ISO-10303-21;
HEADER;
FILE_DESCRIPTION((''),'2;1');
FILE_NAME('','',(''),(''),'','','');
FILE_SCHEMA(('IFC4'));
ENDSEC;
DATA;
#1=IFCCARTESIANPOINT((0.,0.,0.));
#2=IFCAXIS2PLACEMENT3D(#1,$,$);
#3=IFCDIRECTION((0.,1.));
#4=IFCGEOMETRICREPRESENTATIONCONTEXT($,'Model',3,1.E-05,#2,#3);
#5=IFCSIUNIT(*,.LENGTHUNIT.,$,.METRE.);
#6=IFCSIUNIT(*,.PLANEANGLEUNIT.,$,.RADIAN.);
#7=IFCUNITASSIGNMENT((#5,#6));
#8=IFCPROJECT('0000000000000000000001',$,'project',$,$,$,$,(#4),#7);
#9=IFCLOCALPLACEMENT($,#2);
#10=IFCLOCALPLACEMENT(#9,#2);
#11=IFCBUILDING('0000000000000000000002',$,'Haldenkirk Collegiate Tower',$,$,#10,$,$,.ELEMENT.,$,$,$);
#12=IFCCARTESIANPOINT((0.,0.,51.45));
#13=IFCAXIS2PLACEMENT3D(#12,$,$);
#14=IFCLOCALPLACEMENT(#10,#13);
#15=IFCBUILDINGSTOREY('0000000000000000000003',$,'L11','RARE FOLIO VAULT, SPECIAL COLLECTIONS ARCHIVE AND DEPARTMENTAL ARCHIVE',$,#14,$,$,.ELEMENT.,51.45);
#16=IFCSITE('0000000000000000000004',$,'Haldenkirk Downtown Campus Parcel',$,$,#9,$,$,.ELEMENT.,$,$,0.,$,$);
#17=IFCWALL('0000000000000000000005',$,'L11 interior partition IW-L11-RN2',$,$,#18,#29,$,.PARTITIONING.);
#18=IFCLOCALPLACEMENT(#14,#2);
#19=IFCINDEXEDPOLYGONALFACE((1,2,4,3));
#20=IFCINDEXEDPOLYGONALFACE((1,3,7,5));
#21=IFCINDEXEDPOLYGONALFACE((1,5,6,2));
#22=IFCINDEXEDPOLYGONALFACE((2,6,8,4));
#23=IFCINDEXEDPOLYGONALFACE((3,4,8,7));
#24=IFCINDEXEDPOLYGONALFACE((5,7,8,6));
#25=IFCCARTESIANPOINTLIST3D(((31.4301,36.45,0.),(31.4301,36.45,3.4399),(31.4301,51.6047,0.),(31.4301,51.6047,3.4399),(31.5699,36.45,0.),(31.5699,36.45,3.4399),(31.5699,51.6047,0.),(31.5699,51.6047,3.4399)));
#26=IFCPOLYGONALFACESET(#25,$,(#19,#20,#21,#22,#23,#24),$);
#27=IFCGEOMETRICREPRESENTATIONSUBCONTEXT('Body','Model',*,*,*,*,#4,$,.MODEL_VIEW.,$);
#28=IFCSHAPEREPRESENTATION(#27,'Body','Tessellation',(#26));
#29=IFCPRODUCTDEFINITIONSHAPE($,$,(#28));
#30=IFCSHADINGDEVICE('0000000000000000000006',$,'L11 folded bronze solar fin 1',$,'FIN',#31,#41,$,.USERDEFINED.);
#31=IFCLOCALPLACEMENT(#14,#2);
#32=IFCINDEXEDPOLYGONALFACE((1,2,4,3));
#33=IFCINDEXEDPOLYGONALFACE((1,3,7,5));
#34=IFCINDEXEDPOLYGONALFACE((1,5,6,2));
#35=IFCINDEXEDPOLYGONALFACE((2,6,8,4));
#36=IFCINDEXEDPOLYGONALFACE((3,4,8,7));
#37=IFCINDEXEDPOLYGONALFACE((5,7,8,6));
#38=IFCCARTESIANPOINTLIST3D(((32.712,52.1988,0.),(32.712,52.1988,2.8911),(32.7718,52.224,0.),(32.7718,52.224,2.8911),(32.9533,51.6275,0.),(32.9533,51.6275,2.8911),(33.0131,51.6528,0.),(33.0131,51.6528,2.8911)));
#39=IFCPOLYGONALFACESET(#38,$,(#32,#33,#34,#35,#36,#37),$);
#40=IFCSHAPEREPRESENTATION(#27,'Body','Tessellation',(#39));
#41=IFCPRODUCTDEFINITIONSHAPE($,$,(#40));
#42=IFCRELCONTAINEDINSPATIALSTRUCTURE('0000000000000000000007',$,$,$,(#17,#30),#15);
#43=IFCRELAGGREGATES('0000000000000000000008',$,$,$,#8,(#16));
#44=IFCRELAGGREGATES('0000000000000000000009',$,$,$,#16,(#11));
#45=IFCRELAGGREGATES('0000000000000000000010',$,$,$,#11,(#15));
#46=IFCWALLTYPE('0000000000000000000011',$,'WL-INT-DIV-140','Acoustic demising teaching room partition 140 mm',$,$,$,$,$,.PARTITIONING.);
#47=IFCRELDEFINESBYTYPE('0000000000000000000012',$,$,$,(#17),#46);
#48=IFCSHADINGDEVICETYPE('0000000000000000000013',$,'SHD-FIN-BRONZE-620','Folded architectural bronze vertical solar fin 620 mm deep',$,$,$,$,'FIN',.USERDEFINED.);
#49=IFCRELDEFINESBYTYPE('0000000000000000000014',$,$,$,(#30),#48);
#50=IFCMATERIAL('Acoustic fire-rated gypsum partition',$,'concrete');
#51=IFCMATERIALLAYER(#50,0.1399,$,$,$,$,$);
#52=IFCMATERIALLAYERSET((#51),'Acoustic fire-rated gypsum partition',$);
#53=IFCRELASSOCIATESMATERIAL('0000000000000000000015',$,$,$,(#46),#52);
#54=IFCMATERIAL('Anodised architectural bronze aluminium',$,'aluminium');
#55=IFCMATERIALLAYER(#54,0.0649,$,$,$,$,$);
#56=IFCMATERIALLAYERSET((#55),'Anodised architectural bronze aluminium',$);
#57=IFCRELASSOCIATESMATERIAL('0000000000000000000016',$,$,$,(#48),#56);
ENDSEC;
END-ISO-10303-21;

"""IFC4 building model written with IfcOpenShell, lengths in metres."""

from ifc_helpers import new_model, si_unit, direction, frame, frame_2d, origin, origin_2d, place, context, subcontext, project, spatial, rectangle, extrude, source, transform, mapped, material, layer, layer_set, type_object, element, save


model = new_model("IFC4")

# Units and contexts
model_context = context("Model", 3, precision=1e-05, world=origin(), true_north=direction((0.0, 1.0)))
body_context = subcontext(model_context, "Body", "Model", "MODEL_VIEW")
ifc_project = project(units=[si_unit("LENGTHUNIT", "METRE"), si_unit("PLANEANGLEUNIT", "RADIAN")], contexts=[model_context])

# Site, building, storey
site_placement = place(None, origin())
site = spatial("IfcSite", under=ifc_project, at=site_placement, Name="Haldenkirk Downtown Campus Parcel", CompositionType="ELEMENT", RefElevation=0.0)
building_placement = place(site_placement, origin())
building = spatial("IfcBuilding", under=site, at=building_placement, Name="Haldenkirk Collegiate Tower", CompositionType="ELEMENT")
storey_placement = place(building_placement, frame((0.0, 0.0, 51.45)))
storey = spatial("IfcBuildingStorey", under=building, at=storey_placement, Name="L11", Description="RARE FOLIO VAULT, SPECIAL COLLECTIONS ARCHIVE AND DEPARTMENTAL ARCHIVE", CompositionType="ELEMENT", Elevation=51.45)

# Shared definitions
ifc_material_1 = material(Name="Anodised architectural bronze aluminium", Category="aluminium")

# Shared definitions
ifc_material_2 = material(Name="Acoustic fire-rated gypsum partition", Category="concrete")

# Wall
ifc_layer_1 = layer(ifc_material_2, 0.1399)
ifc_layer_set_1 = layer_set([ifc_layer_1], Name="Acoustic fire-rated gypsum partition")
wall_type_1 = type_object("IfcWallType", Name="WL-INT-DIV-140", Description="Acoustic demising teaching room partition 140 mm", PredefinedType="PARTITIONING", material=ifc_layer_set_1)
wall_1_placement = place(storey_placement, frame((31.5, 36.45, 0.0), z_axis=(0.0, 0.0, 1.0), x_axis=(0.0, 1.0, 0.0)))
element("IfcWall", 1, at=wall_1_placement, inside=storey, type_object=wall_type_1, Name="L11 interior partition IW-L11-RN2", PredefinedType="PARTITIONING", context=body_context, shape_type="SweptSolid", body=[
    extrude(rectangle(XDim=15.1548, YDim=0.1399, at=frame_2d((7.5774, 0.0))), origin(), (0.0, 0.0, 1.0), 3.4399),
])

# Shading device
ifc_layer_2 = layer(ifc_material_1, 0.0649)
ifc_layer_set_2 = layer_set([ifc_layer_2], Name="Anodised architectural bronze aluminium")
shading_device_type = type_object("IfcShadingDeviceType", Name="SHD-FIN-BRONZE-620", Description="Folded architectural bronze vertical solar fin 620 mm deep", ElementType="FIN", PredefinedType="USERDEFINED", material=ifc_layer_set_2)
shared_shape_1 = source(origin(), body_context, "Body", "SweptSolid", [
    extrude(rectangle(XDim=0.6201, YDim=0.0649, at=origin_2d()), origin(), (0.0, 0.0, 1.0), 2.8911),
])
shading_device_placement = place(storey_placement, frame((32.8625, 51.9258, 0.0), z_axis=(0.0, 0.0, 1.0), x_axis=(-0.389124, 0.921185, 0.0)))
element("IfcShadingDevice", 2, at=shading_device_placement, inside=storey, type_object=shading_device_type, Name="L11 folded bronze solar fin 1", ObjectType="FIN", PredefinedType="USERDEFINED", context=body_context, shape_type="MappedRepresentation", body=[
    mapped(shared_shape_1, transform((0.0, 0.0, 0.0), x_axis=(1.0, 0.0, 0.0), y_axis=(0.0, 1.0, 0.0), z_axis=(0.0, 0.0, 1.0), scale=1.0)),
])

save(model, "model.ifc")
